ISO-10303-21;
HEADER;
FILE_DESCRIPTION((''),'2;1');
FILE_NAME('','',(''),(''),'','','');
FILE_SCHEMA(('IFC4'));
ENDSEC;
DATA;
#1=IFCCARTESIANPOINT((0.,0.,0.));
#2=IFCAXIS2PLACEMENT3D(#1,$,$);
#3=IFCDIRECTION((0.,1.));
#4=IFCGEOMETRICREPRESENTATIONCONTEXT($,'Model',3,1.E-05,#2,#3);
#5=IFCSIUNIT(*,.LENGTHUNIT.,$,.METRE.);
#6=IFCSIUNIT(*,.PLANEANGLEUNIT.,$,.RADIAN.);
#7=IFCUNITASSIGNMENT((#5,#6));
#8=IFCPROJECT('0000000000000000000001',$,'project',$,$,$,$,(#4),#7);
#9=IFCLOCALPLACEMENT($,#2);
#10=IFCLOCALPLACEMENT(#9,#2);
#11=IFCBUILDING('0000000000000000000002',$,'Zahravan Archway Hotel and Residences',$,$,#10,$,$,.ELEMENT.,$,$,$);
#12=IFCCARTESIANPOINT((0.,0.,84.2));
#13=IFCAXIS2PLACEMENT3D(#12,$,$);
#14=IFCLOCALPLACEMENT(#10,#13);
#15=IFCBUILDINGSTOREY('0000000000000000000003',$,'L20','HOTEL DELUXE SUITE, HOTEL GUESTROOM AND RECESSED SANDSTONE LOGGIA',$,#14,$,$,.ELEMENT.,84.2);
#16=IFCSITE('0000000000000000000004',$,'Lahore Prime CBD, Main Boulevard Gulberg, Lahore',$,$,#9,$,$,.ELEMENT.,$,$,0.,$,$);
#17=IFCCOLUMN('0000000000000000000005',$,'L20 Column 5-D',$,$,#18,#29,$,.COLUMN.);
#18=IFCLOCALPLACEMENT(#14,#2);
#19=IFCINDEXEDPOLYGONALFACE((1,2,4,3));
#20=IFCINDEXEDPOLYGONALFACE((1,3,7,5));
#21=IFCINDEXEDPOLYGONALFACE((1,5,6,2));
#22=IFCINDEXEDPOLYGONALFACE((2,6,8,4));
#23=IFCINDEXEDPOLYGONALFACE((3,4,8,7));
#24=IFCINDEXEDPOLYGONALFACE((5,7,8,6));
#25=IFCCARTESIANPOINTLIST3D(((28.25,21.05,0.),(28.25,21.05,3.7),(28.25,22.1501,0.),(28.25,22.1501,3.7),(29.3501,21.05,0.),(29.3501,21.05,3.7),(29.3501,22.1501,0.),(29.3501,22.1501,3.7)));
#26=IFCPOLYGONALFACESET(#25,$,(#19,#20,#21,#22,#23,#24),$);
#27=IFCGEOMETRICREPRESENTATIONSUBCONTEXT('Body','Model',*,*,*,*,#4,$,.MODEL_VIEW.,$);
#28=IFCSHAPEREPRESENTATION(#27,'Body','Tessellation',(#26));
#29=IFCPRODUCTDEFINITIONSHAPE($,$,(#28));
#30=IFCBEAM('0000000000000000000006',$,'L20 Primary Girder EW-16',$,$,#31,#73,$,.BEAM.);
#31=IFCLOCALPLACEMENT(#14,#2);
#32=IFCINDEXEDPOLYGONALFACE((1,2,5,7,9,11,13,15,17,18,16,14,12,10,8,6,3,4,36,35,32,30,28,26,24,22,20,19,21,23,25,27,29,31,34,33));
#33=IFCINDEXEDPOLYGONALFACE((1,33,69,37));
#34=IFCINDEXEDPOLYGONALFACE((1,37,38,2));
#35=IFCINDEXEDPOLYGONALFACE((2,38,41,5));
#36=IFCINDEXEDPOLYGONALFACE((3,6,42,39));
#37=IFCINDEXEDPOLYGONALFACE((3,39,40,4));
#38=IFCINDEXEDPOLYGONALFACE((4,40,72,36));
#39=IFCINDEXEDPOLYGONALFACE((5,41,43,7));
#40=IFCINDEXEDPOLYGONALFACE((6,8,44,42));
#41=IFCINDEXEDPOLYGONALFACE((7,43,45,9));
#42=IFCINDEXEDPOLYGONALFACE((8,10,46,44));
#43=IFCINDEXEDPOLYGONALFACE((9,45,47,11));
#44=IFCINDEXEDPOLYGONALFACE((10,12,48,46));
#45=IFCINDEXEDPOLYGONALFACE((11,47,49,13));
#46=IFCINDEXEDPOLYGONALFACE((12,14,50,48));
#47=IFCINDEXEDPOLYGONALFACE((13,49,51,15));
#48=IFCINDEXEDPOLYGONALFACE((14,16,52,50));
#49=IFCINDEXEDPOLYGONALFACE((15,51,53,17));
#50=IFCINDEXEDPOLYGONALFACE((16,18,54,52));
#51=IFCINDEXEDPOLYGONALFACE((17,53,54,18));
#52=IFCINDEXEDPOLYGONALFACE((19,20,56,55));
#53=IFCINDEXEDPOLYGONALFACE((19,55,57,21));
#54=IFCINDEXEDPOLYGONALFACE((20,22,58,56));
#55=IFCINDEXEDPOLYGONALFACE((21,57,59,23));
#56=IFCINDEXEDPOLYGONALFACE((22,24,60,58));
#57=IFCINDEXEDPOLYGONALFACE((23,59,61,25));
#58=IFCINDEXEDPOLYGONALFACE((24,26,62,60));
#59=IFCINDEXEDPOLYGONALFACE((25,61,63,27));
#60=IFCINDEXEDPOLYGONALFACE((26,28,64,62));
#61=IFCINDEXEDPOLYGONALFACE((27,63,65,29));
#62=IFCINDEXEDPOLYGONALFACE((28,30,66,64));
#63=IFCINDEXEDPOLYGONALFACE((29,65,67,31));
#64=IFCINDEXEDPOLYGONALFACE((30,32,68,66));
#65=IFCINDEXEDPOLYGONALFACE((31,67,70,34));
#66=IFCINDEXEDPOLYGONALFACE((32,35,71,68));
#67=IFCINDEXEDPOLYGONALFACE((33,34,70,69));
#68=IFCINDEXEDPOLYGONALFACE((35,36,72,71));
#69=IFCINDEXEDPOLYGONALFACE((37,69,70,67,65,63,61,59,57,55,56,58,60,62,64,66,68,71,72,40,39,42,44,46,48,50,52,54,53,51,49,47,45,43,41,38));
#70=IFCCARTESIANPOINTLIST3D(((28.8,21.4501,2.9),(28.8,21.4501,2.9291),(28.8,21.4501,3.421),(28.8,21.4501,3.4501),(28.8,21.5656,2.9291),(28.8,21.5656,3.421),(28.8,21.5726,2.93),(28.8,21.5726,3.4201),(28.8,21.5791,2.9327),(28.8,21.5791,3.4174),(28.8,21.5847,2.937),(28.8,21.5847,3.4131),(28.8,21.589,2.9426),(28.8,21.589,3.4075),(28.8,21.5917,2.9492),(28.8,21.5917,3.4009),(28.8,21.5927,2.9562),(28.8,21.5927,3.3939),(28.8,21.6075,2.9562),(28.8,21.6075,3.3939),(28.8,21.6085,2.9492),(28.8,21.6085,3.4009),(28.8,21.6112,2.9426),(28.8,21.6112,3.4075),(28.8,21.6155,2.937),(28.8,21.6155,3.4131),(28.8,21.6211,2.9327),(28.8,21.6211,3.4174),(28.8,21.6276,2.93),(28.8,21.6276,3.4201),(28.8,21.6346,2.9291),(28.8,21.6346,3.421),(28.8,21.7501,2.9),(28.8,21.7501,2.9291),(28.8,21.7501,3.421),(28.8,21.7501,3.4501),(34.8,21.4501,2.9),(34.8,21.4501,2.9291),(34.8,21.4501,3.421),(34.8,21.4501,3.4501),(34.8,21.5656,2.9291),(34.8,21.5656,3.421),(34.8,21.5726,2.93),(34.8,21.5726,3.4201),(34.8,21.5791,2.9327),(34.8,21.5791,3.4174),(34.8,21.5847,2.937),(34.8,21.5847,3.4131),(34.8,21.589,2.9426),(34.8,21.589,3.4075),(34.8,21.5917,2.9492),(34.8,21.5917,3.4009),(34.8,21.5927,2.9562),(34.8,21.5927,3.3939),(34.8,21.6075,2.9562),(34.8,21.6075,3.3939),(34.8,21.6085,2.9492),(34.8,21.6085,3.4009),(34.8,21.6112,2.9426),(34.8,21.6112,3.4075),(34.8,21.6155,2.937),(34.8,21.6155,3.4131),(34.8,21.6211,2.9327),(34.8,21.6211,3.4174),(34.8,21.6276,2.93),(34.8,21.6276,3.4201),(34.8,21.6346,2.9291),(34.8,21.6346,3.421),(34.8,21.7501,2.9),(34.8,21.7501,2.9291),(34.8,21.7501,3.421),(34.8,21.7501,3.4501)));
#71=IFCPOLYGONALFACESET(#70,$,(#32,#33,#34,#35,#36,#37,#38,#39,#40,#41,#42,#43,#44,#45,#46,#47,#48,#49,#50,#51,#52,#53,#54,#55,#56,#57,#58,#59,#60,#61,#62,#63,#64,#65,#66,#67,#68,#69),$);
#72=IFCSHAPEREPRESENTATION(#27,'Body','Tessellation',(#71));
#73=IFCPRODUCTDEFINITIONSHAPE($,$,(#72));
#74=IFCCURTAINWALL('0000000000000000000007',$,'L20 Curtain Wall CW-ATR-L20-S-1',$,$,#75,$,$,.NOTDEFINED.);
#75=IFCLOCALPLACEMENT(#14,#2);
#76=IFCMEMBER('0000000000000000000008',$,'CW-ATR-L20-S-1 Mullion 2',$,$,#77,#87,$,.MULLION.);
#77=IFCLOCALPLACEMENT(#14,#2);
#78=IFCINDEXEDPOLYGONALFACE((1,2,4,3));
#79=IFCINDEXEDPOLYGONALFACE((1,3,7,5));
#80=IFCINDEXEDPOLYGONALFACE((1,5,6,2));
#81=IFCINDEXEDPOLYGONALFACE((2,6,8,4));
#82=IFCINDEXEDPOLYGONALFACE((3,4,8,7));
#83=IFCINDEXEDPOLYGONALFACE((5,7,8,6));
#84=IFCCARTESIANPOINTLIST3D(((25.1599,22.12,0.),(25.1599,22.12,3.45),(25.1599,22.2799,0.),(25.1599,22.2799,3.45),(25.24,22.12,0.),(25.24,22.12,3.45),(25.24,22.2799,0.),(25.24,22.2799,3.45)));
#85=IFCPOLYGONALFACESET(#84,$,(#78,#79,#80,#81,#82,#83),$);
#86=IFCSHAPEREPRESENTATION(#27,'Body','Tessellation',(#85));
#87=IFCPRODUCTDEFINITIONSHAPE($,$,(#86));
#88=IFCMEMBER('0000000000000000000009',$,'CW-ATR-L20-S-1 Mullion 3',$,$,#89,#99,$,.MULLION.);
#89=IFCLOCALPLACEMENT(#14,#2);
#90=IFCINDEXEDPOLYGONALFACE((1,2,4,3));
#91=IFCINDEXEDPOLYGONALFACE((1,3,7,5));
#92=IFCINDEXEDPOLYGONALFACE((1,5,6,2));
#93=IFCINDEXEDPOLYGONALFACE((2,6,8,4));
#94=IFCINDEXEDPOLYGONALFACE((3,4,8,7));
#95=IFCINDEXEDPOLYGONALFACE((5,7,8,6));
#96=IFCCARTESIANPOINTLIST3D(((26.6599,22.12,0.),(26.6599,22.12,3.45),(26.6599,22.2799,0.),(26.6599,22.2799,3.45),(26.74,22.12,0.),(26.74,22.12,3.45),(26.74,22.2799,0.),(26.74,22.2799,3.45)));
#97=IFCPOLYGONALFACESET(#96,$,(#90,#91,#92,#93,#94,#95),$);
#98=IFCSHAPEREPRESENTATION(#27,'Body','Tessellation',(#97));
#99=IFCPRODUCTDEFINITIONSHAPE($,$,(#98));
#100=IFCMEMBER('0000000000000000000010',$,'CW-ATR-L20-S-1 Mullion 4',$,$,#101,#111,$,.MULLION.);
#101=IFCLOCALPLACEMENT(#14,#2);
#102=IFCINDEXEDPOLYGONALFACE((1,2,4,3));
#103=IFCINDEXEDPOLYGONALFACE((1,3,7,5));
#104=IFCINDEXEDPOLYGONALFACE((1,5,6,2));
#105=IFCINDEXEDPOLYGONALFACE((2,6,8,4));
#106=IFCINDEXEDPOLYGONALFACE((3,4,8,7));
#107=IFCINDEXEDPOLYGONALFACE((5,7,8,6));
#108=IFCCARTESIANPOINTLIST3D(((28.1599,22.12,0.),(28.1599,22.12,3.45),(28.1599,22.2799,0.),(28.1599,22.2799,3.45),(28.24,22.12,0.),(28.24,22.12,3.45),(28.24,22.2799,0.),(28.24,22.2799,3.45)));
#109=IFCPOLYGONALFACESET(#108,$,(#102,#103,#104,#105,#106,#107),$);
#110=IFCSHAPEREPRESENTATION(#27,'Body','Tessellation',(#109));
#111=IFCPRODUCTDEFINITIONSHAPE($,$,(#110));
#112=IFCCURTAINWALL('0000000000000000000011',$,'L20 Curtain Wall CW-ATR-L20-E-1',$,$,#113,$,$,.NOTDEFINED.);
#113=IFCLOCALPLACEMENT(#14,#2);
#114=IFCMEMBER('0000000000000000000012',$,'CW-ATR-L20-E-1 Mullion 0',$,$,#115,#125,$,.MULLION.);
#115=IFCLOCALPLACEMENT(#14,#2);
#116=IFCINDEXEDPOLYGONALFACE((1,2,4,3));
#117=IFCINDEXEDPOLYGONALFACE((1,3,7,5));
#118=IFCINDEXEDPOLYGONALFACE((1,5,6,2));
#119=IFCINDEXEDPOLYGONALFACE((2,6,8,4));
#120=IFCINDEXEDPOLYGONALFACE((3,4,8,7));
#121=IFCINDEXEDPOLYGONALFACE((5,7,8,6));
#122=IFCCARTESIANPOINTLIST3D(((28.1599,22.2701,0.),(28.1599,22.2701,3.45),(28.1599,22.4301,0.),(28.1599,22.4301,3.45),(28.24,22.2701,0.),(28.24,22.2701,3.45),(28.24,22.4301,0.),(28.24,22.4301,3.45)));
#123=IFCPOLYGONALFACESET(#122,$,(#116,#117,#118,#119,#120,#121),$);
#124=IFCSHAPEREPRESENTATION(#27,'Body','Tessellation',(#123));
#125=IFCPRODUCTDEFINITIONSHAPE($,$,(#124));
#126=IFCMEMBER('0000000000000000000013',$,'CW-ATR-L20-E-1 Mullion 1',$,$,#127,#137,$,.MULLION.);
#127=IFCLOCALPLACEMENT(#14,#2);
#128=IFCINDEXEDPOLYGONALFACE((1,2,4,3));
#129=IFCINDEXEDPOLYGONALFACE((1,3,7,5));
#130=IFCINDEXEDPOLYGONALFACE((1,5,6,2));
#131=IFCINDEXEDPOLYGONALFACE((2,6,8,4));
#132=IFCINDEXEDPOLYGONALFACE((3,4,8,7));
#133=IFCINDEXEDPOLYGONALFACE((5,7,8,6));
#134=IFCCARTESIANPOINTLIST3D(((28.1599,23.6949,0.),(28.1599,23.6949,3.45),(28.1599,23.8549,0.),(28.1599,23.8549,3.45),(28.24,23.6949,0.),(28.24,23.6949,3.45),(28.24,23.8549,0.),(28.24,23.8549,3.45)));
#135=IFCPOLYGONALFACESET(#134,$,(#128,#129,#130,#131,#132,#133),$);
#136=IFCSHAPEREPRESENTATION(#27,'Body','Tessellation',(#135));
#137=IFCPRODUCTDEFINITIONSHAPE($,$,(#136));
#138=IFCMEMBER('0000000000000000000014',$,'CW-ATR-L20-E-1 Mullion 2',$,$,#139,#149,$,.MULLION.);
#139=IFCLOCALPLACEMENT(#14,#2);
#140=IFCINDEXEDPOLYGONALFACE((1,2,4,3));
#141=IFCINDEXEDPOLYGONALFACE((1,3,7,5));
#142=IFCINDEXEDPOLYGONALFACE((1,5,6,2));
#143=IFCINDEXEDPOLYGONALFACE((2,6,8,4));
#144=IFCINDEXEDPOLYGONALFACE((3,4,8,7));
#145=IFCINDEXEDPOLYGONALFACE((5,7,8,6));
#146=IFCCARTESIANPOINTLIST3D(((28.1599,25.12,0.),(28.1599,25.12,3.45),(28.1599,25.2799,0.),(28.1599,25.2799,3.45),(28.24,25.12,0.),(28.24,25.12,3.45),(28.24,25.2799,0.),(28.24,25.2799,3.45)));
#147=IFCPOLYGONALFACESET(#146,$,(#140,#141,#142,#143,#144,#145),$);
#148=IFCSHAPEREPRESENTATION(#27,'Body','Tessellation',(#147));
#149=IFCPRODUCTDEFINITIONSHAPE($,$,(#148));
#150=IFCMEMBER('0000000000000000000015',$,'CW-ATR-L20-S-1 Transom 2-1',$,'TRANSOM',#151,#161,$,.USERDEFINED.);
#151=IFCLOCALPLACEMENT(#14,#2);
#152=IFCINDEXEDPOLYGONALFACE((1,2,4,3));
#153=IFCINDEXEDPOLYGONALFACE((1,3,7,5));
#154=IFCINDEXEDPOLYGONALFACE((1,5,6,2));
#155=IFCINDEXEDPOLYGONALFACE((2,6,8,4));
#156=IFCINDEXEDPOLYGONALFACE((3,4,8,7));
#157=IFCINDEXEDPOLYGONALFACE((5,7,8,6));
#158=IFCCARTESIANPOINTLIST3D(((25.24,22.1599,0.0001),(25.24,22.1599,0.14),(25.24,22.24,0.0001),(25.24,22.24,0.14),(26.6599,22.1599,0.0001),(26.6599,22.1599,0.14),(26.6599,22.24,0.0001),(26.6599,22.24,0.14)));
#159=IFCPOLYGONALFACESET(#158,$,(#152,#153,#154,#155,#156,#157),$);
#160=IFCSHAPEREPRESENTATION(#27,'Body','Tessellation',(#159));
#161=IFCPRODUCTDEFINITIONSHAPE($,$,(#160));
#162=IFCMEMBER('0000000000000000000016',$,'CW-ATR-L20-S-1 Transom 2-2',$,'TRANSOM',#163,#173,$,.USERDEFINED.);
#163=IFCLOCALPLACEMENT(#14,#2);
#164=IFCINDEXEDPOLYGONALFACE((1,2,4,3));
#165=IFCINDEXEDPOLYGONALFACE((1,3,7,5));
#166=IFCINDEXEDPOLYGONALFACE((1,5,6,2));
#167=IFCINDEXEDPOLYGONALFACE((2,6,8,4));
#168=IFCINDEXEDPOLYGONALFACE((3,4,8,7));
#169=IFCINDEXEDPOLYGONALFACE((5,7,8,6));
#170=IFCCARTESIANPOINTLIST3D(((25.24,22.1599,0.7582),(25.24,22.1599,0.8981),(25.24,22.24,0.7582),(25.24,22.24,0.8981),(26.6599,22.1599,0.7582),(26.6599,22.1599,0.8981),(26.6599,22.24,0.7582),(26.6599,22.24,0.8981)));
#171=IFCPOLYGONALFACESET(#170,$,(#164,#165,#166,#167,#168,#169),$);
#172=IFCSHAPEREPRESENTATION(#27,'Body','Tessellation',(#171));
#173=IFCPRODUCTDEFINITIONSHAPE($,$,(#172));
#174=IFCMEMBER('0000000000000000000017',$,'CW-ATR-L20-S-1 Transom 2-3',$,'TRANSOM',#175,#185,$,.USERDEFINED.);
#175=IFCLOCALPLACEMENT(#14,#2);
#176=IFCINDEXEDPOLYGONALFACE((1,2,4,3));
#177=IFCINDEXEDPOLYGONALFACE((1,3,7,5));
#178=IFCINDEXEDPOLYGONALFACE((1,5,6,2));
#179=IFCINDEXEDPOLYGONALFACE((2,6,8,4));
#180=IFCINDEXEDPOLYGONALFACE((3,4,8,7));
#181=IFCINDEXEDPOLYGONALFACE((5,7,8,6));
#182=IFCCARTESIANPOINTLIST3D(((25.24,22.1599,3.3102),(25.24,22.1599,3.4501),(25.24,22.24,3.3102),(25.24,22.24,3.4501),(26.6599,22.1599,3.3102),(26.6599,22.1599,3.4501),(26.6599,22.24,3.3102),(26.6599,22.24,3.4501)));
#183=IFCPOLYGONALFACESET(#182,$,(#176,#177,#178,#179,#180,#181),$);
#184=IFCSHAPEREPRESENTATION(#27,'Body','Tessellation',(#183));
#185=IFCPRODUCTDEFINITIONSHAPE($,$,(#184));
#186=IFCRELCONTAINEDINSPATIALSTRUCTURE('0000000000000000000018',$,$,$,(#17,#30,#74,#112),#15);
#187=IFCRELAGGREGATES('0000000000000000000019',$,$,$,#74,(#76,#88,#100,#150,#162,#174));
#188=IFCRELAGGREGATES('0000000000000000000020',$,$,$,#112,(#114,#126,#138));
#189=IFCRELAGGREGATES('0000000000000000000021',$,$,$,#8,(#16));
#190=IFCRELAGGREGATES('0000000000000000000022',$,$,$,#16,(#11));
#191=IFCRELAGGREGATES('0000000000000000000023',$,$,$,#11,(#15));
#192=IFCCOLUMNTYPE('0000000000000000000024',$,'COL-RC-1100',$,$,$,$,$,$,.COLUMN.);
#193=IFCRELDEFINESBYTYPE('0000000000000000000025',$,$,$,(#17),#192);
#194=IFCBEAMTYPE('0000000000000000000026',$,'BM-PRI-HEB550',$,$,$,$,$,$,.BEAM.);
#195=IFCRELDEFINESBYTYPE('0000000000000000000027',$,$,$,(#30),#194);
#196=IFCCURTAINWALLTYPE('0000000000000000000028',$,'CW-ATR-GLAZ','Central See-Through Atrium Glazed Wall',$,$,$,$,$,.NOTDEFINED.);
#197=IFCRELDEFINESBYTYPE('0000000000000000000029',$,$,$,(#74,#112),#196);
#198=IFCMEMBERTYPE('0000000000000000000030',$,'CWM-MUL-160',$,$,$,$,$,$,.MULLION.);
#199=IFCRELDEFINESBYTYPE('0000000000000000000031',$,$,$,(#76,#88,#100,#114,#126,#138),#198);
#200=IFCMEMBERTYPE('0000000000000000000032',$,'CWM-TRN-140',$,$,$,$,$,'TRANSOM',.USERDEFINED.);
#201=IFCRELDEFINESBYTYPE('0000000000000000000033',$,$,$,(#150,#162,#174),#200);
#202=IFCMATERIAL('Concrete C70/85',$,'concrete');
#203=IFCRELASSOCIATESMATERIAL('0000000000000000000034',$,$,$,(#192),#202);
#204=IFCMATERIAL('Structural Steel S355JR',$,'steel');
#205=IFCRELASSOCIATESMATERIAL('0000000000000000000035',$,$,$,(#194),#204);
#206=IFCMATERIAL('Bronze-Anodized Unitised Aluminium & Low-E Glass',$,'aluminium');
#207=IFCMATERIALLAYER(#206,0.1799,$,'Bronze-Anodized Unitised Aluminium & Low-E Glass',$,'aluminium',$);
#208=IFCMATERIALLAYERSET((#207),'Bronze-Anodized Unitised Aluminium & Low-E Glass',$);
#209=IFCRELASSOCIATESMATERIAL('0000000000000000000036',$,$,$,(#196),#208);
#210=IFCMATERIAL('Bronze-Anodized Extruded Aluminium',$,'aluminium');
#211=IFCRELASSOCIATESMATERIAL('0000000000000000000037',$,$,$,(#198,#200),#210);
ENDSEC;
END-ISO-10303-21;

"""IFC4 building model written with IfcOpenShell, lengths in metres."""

from ifc_helpers import new_model, si_unit, direction, frame, origin, origin_2d, place, context, subcontext, project, spatial, rectangle, i_section, extrude, source, transform, mapped, material, layer, layer_set, material_profile, profile_set, type_object, element, aggregate, save


model = new_model("IFC4")

# Units and contexts
model_context = context("Model", 3, precision=1e-05, world=origin(), true_north=direction((0.0, 1.0)))
body_context = subcontext(model_context, "Body", "Model", "MODEL_VIEW")
ifc_project = project(units=[si_unit("LENGTHUNIT", "METRE"), si_unit("PLANEANGLEUNIT", "RADIAN")], contexts=[model_context])

# Site, building, storey
site_placement = place(None, origin())
site = spatial("IfcSite", under=ifc_project, at=site_placement, Name="Lahore Prime CBD, Main Boulevard Gulberg, Lahore", CompositionType="ELEMENT", RefElevation=0.0)
building_placement = place(site_placement, origin())
building = spatial("IfcBuilding", under=site, at=building_placement, Name="Zahravan Archway Hotel and Residences", CompositionType="ELEMENT")
storey_placement = place(building_placement, frame((0.0, 0.0, 84.2)))
storey = spatial("IfcBuildingStorey", under=building, at=storey_placement, Name="L20", Description="HOTEL DELUXE SUITE, HOTEL GUESTROOM AND RECESSED SANDSTONE LOGGIA", CompositionType="ELEMENT", Elevation=84.2)

# Column
ifc_material_1 = material(Name="Concrete C70/85", Category="concrete")
ifc_material_profile_1 = material_profile(ifc_material_1, rectangle(XDim=1.1001, YDim=1.1001, at=origin_2d()), Name="RC 1100x1100", Category="concrete")
ifc_profile_set_1 = profile_set([ifc_material_profile_1], Name="Concrete C70/85")
column_type = type_object("IfcColumnType", Name="COL-RC-1100", PredefinedType="COLUMN", material=ifc_profile_set_1)
shared_shape_1 = source(origin(), body_context, "Body", "SweptSolid", [
    extrude(rectangle(XDim=1.1001, YDim=1.1001, at=origin_2d()), origin(), (0.0, 0.0, 1.0), 3.7),
])
column_placement = place(storey_placement, frame((28.8, 21.6001, 0.0), z_axis=(0.0, 0.0, 1.0), x_axis=(1.0, 0.0, 0.0)))
element("IfcColumn", 1, at=column_placement, inside=storey, type_object=column_type, Name="L20 Column 5-D", PredefinedType="COLUMN", context=body_context, shape_type="MappedRepresentation", body=[
    mapped(shared_shape_1, transform((0.0, 0.0, 0.0), scale=1.0)),
])

# Beam
ifc_material_2 = material(Name="Structural Steel S355JR", Category="steel")
ifc_material_profile_2 = material_profile(ifc_material_2, i_section(OverallWidth=0.3, OverallDepth=0.55, WebThickness=0.0149, FlangeThickness=0.0291, FilletRadius=0.0271, at=origin_2d()), Name="HEB 550", Category="steel")
ifc_profile_set_2 = profile_set([ifc_material_profile_2], Name="Structural Steel S355JR")
beam_type = type_object("IfcBeamType", Name="BM-PRI-HEB550", PredefinedType="BEAM", material=ifc_profile_set_2)
shared_shape_2 = source(origin(), body_context, "Body", "SweptSolid", [
    extrude(i_section(OverallWidth=0.3, OverallDepth=0.55, WebThickness=0.0149, FlangeThickness=0.0291, FilletRadius=0.0271, at=origin_2d()), origin(), (0.0, 0.0, 1.0), 6.0),
])
beam_placement = place(storey_placement, frame((28.8, 21.6001, 3.175), z_axis=(1.0, 0.0, 0.0), x_axis=(0.0, 1.0, 0.0)))
element("IfcBeam", 2, at=beam_placement, inside=storey, type_object=beam_type, Name="L20 Primary Girder EW-16", PredefinedType="BEAM", context=body_context, shape_type="MappedRepresentation", body=[
    mapped(shared_shape_2, transform((0.0, 0.0, 0.0), scale=1.0)),
])

# Curtain walls, members
ifc_material_3 = material(Name="Bronze-Anodized Unitised Aluminium & Low-E Glass", Category="aluminium")
ifc_layer_1 = layer(ifc_material_3, 0.1799, Name="Bronze-Anodized Unitised Aluminium & Low-E Glass", Category="aluminium")
ifc_layer_set_1 = layer_set([ifc_layer_1], Name="Bronze-Anodized Unitised Aluminium & Low-E Glass")
curtain_wall_type = type_object("IfcCurtainWallType", Name="CW-ATR-GLAZ", Description="Central See-Through Atrium Glazed Wall", PredefinedType="NOTDEFINED", material=ifc_layer_set_1)
curtain_wall_1_placement = place(storey_placement, origin())
curtain_wall_1 = element("IfcCurtainWall", 3, at=curtain_wall_1_placement, inside=storey, type_object=curtain_wall_type, Name="L20 Curtain Wall CW-ATR-L20-S-1", PredefinedType="NOTDEFINED")
ifc_material_4 = material(Name="Bronze-Anodized Extruded Aluminium", Category="aluminium")
ifc_material_profile_3 = material_profile(ifc_material_4, rectangle(XDim=0.0801, YDim=0.1599, at=origin_2d()), Name="MUL 80x160", Category="aluminium")
ifc_profile_set_3 = profile_set([ifc_material_profile_3], Name="Bronze-Anodized Extruded Aluminium")
member_type_1 = type_object("IfcMemberType", Name="CWM-MUL-160", PredefinedType="MULLION", material=ifc_profile_set_3)
shared_shape_3 = source(origin(), body_context, "Body", "SweptSolid", [
    extrude(rectangle(XDim=0.0801, YDim=0.1599, at=origin_2d()), origin(), (0.0, 0.0, 1.0), 3.45),
])
member_1_placement = place(storey_placement, frame((25.2, 22.2, 0.0), z_axis=(0.0, 0.0, 1.0), x_axis=(1.0, 0.0, 0.0)))
member_1 = element("IfcMember", 4, at=member_1_placement, type_object=member_type_1, Name="CW-ATR-L20-S-1 Mullion 2", PredefinedType="MULLION", context=body_context, shape_type="MappedRepresentation", body=[
    mapped(shared_shape_3, transform((0.0, 0.0, 0.0), scale=1.0)),
])
member_2_placement = place(storey_placement, frame((26.7, 22.2, 0.0), z_axis=(0.0, 0.0, 1.0), x_axis=(1.0, 0.0, 0.0)))
member_2 = element("IfcMember", 5, at=member_2_placement, type_object=member_type_1, Name="CW-ATR-L20-S-1 Mullion 3", PredefinedType="MULLION", context=body_context, shape_type="MappedRepresentation", body=[
    mapped(shared_shape_3, transform((0.0, 0.0, 0.0), scale=1.0)),
])
member_3_placement = place(storey_placement, frame((28.2, 22.2, 0.0), z_axis=(0.0, 0.0, 1.0), x_axis=(1.0, 0.0, 0.0)))
member_3 = element("IfcMember", 6, at=member_3_placement, type_object=member_type_1, Name="CW-ATR-L20-S-1 Mullion 4", PredefinedType="MULLION", context=body_context, shape_type="MappedRepresentation", body=[
    mapped(shared_shape_3, transform((0.0, 0.0, 0.0), scale=1.0)),
])
curtain_wall_2_placement = place(storey_placement, origin())
curtain_wall_2 = element("IfcCurtainWall", 7, at=curtain_wall_2_placement, inside=storey, type_object=curtain_wall_type, Name="L20 Curtain Wall CW-ATR-L20-E-1", PredefinedType="NOTDEFINED")
member_4_placement = place(storey_placement, frame((28.2, 22.3501, 0.0), z_axis=(0.0, 0.0, 1.0), x_axis=(1.0, 0.0, 0.0)))
member_4 = element("IfcMember", 8, at=member_4_placement, type_object=member_type_1, Name="CW-ATR-L20-E-1 Mullion 0", PredefinedType="MULLION", context=body_context, shape_type="MappedRepresentation", body=[
    mapped(shared_shape_3, transform((0.0, 0.0, 0.0), scale=1.0)),
])
member_5_placement = place(storey_placement, frame((28.2, 23.7749, 0.0), z_axis=(0.0, 0.0, 1.0), x_axis=(1.0, 0.0, 0.0)))
member_5 = element("IfcMember", 9, at=member_5_placement, type_object=member_type_1, Name="CW-ATR-L20-E-1 Mullion 1", PredefinedType="MULLION", context=body_context, shape_type="MappedRepresentation", body=[
    mapped(shared_shape_3, transform((0.0, 0.0, 0.0), scale=1.0)),
])
member_6_placement = place(storey_placement, frame((28.2, 25.2, 0.0), z_axis=(0.0, 0.0, 1.0), x_axis=(1.0, 0.0, 0.0)))
member_6 = element("IfcMember", 10, at=member_6_placement, type_object=member_type_1, Name="CW-ATR-L20-E-1 Mullion 2", PredefinedType="MULLION", context=body_context, shape_type="MappedRepresentation", body=[
    mapped(shared_shape_3, transform((0.0, 0.0, 0.0), scale=1.0)),
])

# Members
ifc_material_profile_4 = material_profile(ifc_material_4, rectangle(XDim=0.0801, YDim=0.1399, at=origin_2d()), Name="TRN 80x140", Category="aluminium")
ifc_profile_set_4 = profile_set([ifc_material_profile_4], Name="Bronze-Anodized Extruded Aluminium")
member_type_2 = type_object("IfcMemberType", Name="CWM-TRN-140", ElementType="TRANSOM", PredefinedType="USERDEFINED", material=ifc_profile_set_4)
shared_shape_4 = source(origin(), body_context, "Body", "SweptSolid", [
    extrude(rectangle(XDim=0.0801, YDim=0.1399, at=origin_2d()), origin(), (0.0, 0.0, 1.0), 1.4199),
])
member_7_placement = place(storey_placement, frame((25.24, 22.2, 0.0701), z_axis=(1.0, 0.0, 0.0), x_axis=(0.0, 1.0, 0.0)))
member_7 = element("IfcMember", 11, at=member_7_placement, type_object=member_type_2, Name="CW-ATR-L20-S-1 Transom 2-1", ObjectType="TRANSOM", PredefinedType="USERDEFINED", context=body_context, shape_type="MappedRepresentation", body=[
    mapped(shared_shape_4, transform((0.0, 0.0, 0.0), scale=1.0)),
])
member_8_placement = place(storey_placement, frame((25.24, 22.2, 0.8281), z_axis=(1.0, 0.0, 0.0), x_axis=(0.0, 1.0, 0.0)))
member_8 = element("IfcMember", 12, at=member_8_placement, type_object=member_type_2, Name="CW-ATR-L20-S-1 Transom 2-2", ObjectType="TRANSOM", PredefinedType="USERDEFINED", context=body_context, shape_type="MappedRepresentation", body=[
    mapped(shared_shape_4, transform((0.0, 0.0, 0.0), scale=1.0)),
])
member_9_placement = place(storey_placement, frame((25.24, 22.2, 3.3801), z_axis=(1.0, 0.0, 0.0), x_axis=(0.0, 1.0, 0.0)))
member_9 = element("IfcMember", 13, at=member_9_placement, type_object=member_type_2, Name="CW-ATR-L20-S-1 Transom 2-3", ObjectType="TRANSOM", PredefinedType="USERDEFINED", context=body_context, shape_type="MappedRepresentation", body=[
    mapped(shared_shape_4, transform((0.0, 0.0, 0.0), scale=1.0)),
])

aggregate(curtain_wall_1, [member_1, member_2, member_3, member_7, member_8, member_9])
aggregate(curtain_wall_2, [member_4, member_5, member_6])

save(model, "model.ifc")
